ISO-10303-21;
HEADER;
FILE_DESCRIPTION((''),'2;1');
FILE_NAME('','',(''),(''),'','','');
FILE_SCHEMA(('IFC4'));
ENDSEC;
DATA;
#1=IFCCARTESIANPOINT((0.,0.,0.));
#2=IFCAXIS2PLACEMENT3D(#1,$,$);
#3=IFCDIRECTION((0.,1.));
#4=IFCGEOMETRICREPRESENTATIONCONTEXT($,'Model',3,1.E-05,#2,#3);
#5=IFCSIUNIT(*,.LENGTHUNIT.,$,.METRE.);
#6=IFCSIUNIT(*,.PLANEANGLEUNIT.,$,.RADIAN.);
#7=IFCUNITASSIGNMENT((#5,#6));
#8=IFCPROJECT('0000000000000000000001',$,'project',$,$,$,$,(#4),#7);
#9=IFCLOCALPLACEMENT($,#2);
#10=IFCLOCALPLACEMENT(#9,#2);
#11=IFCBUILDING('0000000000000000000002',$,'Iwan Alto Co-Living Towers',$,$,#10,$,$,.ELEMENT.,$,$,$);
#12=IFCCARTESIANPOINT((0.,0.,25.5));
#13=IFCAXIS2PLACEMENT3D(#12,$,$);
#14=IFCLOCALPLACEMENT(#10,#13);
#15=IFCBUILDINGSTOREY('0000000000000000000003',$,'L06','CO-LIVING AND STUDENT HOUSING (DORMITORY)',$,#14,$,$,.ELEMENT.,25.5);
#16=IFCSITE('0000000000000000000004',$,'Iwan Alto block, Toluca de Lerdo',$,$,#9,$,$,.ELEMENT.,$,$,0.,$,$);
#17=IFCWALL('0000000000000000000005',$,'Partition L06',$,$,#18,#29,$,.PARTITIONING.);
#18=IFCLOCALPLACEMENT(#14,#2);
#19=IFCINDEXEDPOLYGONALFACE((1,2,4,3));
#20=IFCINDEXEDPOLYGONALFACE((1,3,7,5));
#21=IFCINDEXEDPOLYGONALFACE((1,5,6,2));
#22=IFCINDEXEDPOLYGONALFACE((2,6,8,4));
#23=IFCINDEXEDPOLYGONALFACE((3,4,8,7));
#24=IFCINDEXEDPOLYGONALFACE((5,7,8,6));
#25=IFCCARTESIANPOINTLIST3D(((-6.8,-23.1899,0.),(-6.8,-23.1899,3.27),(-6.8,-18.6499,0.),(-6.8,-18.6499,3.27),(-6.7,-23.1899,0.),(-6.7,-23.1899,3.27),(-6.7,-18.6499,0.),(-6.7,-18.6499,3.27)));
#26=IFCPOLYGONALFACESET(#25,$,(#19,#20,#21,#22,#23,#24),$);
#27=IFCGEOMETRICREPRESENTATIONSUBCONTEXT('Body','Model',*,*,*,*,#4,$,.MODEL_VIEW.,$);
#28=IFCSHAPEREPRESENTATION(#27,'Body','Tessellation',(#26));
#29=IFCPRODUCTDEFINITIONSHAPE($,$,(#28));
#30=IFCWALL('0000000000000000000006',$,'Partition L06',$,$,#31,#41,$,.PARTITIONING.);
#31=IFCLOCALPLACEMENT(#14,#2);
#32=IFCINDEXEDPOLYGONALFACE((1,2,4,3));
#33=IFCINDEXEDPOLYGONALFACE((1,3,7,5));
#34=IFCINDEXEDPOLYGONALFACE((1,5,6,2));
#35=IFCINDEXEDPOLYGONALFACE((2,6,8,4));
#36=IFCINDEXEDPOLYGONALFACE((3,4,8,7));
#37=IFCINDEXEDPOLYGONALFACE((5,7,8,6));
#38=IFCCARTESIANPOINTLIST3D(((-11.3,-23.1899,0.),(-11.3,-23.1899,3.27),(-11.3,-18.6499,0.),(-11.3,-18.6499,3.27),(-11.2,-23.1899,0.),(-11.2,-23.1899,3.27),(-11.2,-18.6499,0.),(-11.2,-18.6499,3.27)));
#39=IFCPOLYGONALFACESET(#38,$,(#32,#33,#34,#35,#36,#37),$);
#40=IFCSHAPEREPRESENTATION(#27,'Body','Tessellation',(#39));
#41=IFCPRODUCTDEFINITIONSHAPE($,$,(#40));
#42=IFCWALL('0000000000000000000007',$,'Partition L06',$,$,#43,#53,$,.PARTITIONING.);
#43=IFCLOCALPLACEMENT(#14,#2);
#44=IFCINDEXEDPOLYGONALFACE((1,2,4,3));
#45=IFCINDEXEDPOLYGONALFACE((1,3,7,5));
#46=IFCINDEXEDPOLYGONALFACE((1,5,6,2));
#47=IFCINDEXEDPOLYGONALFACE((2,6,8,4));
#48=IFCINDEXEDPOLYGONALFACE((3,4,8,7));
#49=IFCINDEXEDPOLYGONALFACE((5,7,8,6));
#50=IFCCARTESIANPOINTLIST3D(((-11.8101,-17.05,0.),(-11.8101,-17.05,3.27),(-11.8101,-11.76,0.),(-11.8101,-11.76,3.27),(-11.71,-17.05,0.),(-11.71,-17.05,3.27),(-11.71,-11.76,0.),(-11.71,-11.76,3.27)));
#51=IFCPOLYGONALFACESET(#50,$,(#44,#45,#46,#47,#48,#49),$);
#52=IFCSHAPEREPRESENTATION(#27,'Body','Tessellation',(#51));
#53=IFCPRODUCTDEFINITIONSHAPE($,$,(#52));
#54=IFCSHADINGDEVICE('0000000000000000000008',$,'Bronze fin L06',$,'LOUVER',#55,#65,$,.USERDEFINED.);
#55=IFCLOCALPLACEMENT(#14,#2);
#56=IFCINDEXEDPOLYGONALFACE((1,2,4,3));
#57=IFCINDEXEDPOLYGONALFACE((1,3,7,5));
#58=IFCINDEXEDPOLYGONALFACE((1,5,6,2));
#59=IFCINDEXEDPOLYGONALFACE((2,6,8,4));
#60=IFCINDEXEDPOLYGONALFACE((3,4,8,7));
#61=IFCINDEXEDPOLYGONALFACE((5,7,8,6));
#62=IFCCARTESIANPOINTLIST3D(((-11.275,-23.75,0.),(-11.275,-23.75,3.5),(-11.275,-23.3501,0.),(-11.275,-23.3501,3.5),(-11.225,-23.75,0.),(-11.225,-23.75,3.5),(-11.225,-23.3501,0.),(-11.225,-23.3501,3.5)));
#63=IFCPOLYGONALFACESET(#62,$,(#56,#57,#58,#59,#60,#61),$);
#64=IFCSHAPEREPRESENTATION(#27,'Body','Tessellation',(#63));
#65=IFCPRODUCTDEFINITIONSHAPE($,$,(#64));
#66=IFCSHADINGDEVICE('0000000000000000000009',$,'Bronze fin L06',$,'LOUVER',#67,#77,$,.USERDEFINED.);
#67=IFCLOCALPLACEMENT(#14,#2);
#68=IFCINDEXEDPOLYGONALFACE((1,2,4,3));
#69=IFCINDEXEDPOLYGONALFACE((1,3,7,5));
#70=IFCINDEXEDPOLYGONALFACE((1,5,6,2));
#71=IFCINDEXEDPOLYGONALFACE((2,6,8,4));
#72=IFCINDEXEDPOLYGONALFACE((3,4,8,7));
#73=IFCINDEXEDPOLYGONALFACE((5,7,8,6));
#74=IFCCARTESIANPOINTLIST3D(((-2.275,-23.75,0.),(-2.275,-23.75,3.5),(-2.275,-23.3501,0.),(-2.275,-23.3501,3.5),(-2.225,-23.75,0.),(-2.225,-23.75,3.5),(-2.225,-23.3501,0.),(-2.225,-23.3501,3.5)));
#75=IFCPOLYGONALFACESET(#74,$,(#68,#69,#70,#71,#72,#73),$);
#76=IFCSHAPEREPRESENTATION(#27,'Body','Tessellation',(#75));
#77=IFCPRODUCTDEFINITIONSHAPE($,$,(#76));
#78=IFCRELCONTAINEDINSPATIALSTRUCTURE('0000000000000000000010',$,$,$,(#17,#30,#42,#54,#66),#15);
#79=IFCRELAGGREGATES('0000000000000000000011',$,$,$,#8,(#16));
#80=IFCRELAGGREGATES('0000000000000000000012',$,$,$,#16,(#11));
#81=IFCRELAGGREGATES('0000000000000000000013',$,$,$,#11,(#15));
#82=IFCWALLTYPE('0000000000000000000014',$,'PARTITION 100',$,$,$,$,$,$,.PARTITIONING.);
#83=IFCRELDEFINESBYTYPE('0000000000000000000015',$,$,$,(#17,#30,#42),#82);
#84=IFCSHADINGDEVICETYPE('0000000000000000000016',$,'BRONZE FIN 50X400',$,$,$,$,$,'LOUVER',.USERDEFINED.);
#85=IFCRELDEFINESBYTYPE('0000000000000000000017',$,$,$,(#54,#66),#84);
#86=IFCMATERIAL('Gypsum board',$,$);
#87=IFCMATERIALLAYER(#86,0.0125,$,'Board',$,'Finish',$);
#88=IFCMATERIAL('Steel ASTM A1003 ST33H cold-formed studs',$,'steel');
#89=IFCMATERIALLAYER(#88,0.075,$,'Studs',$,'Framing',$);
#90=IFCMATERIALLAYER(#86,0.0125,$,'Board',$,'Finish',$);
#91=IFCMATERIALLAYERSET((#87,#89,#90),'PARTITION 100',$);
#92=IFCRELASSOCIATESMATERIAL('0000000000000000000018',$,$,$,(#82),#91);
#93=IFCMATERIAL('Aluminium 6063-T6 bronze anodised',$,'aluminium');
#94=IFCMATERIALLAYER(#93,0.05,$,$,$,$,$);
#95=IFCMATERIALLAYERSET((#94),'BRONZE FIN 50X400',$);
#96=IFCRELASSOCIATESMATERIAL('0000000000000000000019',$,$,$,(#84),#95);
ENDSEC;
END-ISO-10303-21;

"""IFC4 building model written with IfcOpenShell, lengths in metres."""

from ifc_helpers import new_model, si_unit, direction, frame, frame_2d, origin, origin_2d, place, context, subcontext, project, spatial, rectangle, extrude, material, layer, layer_set, type_object, element, save


model = new_model("IFC4")

# Units and contexts
model_context = context("Model", 3, precision=1e-05, world=origin(), true_north=direction((0.0, 1.0)))
body_context = subcontext(model_context, "Body", "Model", "MODEL_VIEW")
ifc_project = project(units=[si_unit("LENGTHUNIT", "METRE"), si_unit("PLANEANGLEUNIT", "RADIAN")], contexts=[model_context])

# Site, building, storey
site_placement = place(None, origin())
site = spatial("IfcSite", under=ifc_project, at=site_placement, Name="Iwan Alto block, Toluca de Lerdo", CompositionType="ELEMENT", RefElevation=0.0)
building_placement = place(site_placement, origin())
building = spatial("IfcBuilding", under=site, at=building_placement, Name="Iwan Alto Co-Living Towers", CompositionType="ELEMENT")
storey_placement = place(building_placement, frame((0.0, 0.0, 25.5)))
storey = spatial("IfcBuildingStorey", under=building, at=storey_placement, Name="L06", Description="CO-LIVING AND STUDENT HOUSING (DORMITORY)", CompositionType="ELEMENT", Elevation=25.5)

# Shared definitions
ifc_material_1 = material(Name="Gypsum board")
ifc_layer_1 = layer(ifc_material_1, 0.0125, Name="Board", Category="Finish")
ifc_material_2 = material(Name="Steel ASTM A1003 ST33H cold-formed studs", Category="steel")
ifc_layer_2 = layer(ifc_material_2, 0.075, Name="Studs", Category="Framing")
ifc_layer_3 = layer(ifc_material_1, 0.0125, Name="Board", Category="Finish")
ifc_layer_set_1 = layer_set([ifc_layer_1, ifc_layer_2, ifc_layer_3], Name="PARTITION 100")
wall_type = type_object("IfcWallType", Name="PARTITION 100", PredefinedType="PARTITIONING", material=ifc_layer_set_1)

# Walls
for number, where, z_axis, x_axis, name in (
    (1, (-6.75, -23.1899, 0.0), (0.0, 0.0, 1.0), (0.0, 1.0, 0.0), "Partition L06"),
    (2, (-11.25, -23.1899, 0.0), (0.0, 0.0, 1.0), (0.0, 1.0, 0.0), "Partition L06"),
):
    element("IfcWall", number, at=place(storey_placement, frame(where, z_axis=z_axis, x_axis=x_axis)), inside=storey, type_object=wall_type, Name=name, PredefinedType="PARTITIONING", context=body_context, shape_type="SweptSolid", body=[
        extrude(rectangle(XDim=4.54, YDim=0.1001, at=frame_2d((2.27, 0.0))), origin(), (0.0, 0.0, 1.0), 3.27),
    ])
wall_1_placement = place(storey_placement, frame((-11.76, -17.05, 0.0), z_axis=(0.0, 0.0, 1.0), x_axis=(0.0, 1.0, 0.0)))
element("IfcWall", 3, at=wall_1_placement, inside=storey, type_object=wall_type, Name="Partition L06", PredefinedType="PARTITIONING", context=body_context, shape_type="SweptSolid", body=[
    extrude(rectangle(XDim=5.29, YDim=0.1001, at=frame_2d((2.645, 0.0))), origin(), (0.0, 0.0, 1.0), 3.27),
])

# Shading devices
ifc_material_3 = material(Name="Aluminium 6063-T6 bronze anodised", Category="aluminium")
ifc_layer_4 = layer(ifc_material_3, 0.05)
ifc_layer_set_2 = layer_set([ifc_layer_4], Name="BRONZE FIN 50X400")
shading_device_type = type_object("IfcShadingDeviceType", Name="BRONZE FIN 50X400", ElementType="LOUVER", PredefinedType="USERDEFINED", material=ifc_layer_set_2)
for number, where, z_axis, x_axis, name in (
    (4, (-11.25, -23.55, 0.0), (0.0, 0.0, 1.0), (1.0, 0.0, 0.0), "Bronze fin L06"),
    (5, (-2.25, -23.55, 0.0), (0.0, 0.0, 1.0), (1.0, 0.0, 0.0), "Bronze fin L06"),
):
    element("IfcShadingDevice", number, at=place(storey_placement, frame(where, z_axis=z_axis, x_axis=x_axis)), inside=storey, type_object=shading_device_type, Name=name, ObjectType="LOUVER", PredefinedType="USERDEFINED", context=body_context, shape_type="SweptSolid", body=[
        extrude(rectangle(XDim=0.05, YDim=0.3999, at=origin_2d()), origin(), (0.0, 0.0, 1.0), 3.5),
    ])

save(model, "model.ifc")
